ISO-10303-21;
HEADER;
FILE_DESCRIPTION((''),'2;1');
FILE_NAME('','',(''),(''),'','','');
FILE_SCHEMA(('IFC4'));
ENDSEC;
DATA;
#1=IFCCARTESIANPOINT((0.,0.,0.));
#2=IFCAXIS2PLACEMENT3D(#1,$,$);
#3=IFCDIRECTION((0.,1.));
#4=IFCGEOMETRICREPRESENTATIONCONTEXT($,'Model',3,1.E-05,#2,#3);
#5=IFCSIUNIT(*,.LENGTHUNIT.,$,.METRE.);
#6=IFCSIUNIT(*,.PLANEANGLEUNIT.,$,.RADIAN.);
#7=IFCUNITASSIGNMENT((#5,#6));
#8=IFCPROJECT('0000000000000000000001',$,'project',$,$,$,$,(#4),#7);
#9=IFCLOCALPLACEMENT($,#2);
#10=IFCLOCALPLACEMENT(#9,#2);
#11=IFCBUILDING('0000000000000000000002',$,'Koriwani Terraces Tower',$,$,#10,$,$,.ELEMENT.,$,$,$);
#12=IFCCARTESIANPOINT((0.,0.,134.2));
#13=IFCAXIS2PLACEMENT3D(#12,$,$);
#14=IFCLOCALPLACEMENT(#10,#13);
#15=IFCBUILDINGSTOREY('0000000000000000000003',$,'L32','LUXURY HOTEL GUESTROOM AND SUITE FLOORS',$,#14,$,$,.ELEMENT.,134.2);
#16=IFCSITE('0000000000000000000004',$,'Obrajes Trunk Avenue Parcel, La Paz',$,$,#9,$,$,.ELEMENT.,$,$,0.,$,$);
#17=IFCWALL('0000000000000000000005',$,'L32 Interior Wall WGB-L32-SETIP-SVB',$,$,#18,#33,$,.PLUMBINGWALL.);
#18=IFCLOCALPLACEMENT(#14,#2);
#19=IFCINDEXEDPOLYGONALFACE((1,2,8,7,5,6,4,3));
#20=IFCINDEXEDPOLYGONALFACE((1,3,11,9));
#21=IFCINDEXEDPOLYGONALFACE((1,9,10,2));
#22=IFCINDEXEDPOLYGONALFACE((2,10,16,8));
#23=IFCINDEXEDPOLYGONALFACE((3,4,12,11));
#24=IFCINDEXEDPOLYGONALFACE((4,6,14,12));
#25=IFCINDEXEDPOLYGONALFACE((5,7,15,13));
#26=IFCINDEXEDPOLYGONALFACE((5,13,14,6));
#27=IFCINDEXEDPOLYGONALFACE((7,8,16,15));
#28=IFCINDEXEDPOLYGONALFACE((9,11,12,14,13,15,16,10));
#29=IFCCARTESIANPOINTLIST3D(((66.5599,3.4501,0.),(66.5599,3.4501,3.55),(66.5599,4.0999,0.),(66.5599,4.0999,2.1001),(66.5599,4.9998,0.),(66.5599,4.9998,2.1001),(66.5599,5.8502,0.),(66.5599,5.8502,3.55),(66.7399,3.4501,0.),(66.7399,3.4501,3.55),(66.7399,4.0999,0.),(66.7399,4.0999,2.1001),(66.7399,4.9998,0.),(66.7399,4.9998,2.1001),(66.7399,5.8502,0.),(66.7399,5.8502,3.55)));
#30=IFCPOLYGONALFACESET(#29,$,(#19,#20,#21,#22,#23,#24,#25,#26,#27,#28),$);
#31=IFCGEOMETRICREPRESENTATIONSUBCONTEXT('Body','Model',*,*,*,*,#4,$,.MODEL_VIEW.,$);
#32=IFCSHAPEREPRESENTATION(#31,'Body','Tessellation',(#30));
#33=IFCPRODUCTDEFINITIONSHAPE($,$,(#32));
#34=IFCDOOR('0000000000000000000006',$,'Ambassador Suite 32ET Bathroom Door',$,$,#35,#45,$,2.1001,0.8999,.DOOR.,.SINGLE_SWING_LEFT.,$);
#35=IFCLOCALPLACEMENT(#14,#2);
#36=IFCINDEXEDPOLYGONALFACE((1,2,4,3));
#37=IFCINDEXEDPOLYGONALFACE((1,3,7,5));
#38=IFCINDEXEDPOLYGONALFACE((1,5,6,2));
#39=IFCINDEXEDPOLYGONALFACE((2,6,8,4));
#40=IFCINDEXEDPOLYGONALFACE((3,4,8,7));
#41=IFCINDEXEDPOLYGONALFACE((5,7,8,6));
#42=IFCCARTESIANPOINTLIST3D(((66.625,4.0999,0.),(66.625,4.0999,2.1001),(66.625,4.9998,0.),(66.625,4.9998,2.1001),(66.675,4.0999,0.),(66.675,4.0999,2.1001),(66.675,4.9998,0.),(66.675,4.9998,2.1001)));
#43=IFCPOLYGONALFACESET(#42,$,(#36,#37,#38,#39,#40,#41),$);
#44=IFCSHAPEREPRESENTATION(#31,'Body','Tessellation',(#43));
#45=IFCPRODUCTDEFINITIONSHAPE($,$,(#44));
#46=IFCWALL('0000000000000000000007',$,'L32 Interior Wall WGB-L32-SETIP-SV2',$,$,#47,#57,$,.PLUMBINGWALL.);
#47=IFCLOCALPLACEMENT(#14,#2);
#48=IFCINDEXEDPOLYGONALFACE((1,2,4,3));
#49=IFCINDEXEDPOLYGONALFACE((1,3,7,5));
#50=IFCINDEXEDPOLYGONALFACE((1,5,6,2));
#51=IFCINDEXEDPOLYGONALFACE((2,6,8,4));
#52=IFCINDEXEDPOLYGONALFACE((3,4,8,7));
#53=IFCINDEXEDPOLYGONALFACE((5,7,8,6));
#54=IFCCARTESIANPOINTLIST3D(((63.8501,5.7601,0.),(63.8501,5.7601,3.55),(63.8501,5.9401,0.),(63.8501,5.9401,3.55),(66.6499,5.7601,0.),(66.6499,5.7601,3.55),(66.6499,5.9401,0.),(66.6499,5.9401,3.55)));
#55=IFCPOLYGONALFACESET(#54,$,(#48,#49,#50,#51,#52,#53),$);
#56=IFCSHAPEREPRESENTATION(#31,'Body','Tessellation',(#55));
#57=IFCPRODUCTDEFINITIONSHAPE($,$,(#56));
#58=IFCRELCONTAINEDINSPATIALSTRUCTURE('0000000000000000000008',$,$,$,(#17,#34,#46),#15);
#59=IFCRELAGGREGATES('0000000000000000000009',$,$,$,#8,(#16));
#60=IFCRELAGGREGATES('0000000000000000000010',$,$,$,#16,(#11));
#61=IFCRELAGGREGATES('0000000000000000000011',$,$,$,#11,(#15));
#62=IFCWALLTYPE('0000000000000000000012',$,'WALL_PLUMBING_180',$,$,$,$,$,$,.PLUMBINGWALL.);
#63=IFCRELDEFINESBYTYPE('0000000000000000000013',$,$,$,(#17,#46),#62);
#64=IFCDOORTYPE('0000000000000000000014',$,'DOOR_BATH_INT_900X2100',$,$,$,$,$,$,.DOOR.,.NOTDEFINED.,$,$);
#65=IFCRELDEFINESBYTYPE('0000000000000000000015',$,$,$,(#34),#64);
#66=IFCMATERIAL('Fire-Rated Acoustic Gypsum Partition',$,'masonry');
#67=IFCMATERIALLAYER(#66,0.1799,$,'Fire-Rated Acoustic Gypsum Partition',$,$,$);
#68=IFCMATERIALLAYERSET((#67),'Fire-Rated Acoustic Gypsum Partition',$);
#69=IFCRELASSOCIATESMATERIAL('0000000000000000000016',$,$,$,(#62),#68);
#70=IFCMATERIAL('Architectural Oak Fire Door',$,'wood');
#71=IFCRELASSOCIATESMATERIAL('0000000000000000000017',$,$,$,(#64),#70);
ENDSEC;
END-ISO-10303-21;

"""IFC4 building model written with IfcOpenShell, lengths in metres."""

from ifc_helpers import new_model, si_unit, direction, frame, frame_2d, origin, place, context, subcontext, project, spatial, rectangle, extrude, material, layer, layer_set, type_object, element, fill, save


model = new_model("IFC4")

# Units and contexts
model_context = context("Model", 3, precision=1e-05, world=origin(), true_north=direction((0.0, 1.0)))
body_context = subcontext(model_context, "Body", "Model", "MODEL_VIEW")
ifc_project = project(units=[si_unit("LENGTHUNIT", "METRE"), si_unit("PLANEANGLEUNIT", "RADIAN")], contexts=[model_context])

# Site, building, storey
site_placement = place(None, origin())
site = spatial("IfcSite", under=ifc_project, at=site_placement, Name="Obrajes Trunk Avenue Parcel, La Paz", CompositionType="ELEMENT", RefElevation=0.0)
building_placement = place(site_placement, origin())
building = spatial("IfcBuilding", under=site, at=building_placement, Name="Koriwani Terraces Tower", CompositionType="ELEMENT")
storey_placement = place(building_placement, frame((0.0, 0.0, 134.2)))
storey = spatial("IfcBuildingStorey", under=building, at=storey_placement, Name="L32", Description="LUXURY HOTEL GUESTROOM AND SUITE FLOORS", CompositionType="ELEMENT", Elevation=134.2)

# Shared definitions
ifc_material_1 = material(Name="Architectural Oak Fire Door", Category="wood")

# Wall, opening, door
ifc_material_2 = material(Name="Fire-Rated Acoustic Gypsum Partition", Category="masonry")
ifc_layer_1 = layer(ifc_material_2, 0.1799, Name="Fire-Rated Acoustic Gypsum Partition")
ifc_layer_set_1 = layer_set([ifc_layer_1], Name="Fire-Rated Acoustic Gypsum Partition")
wall_type_1 = type_object("IfcWallType", Name="WALL_PLUMBING_180", PredefinedType="PLUMBINGWALL", material=ifc_layer_set_1)
wall_1_placement = place(storey_placement, frame((66.6499, 3.45, 0.0), z_axis=(0.0, 0.0, 1.0), x_axis=(0.0, 1.0, 0.0)))
wall_1 = element("IfcWall", 1, at=wall_1_placement, inside=storey, type_object=wall_type_1, Name="L32 Interior Wall WGB-L32-SETIP-SVB", PredefinedType="PLUMBINGWALL", context=body_context, shape_type="SweptSolid", body=[
    extrude(rectangle(XDim=2.4001, YDim=0.1799, at=frame_2d((1.2002, 0.0))), origin(), (0.0, 0.0, 1.0), 3.55),
])
opening_1_placement = place(wall_1_placement, frame((0.6499, 0.0, 0.0)))
opening_1 = element("IfcOpeningElement", 2, at=opening_1_placement, cuts=wall_1, PredefinedType="OPENING", context=body_context, shape_type="SweptSolid", body=[
    extrude(rectangle(XDim=0.8999, YDim=2.1001, at=frame_2d((0.45, 1.05))), frame((0.0, 0.1001, 0.0), z_axis=(0.0, -1.0, 0.0), x_axis=(1.0, 0.0, 0.0)), (0.0, 0.0, 1.0), 0.2),
])
door_type_1 = type_object("IfcDoorType", Name="DOOR_BATH_INT_900X2100", OperationType="NOTDEFINED", PredefinedType="DOOR", material=ifc_material_1)
door_1_placement = place(opening_1_placement, origin())
door_1 = element("IfcDoor", 3, at=door_1_placement, inside=storey, type_object=door_type_1, Name="Ambassador Suite 32ET Bathroom Door", OperationType="SINGLE_SWING_LEFT", OverallHeight=2.1001, OverallWidth=0.8999, PredefinedType="DOOR", context=body_context, shape_type="SweptSolid", body=[
    extrude(rectangle(XDim=0.8999, YDim=2.1001, at=frame_2d((0.45, 1.05))), frame((0.0, 0.0249, 0.0), z_axis=(0.0, -1.0, 0.0), x_axis=(1.0, 0.0, 0.0)), (0.0, 0.0, 1.0), 0.05),
])
fill(opening_1, door_1)

# Wall
wall_2_placement = place(storey_placement, frame((63.8501, 5.8501, 0.0), z_axis=(0.0, 0.0, 1.0), x_axis=(1.0, 0.0, 0.0)))
element("IfcWall", 4, at=wall_2_placement, inside=storey, type_object=wall_type_1, Name="L32 Interior Wall WGB-L32-SETIP-SV2", PredefinedType="PLUMBINGWALL", context=body_context, shape_type="SweptSolid", body=[
    extrude(rectangle(XDim=2.7998, YDim=0.1799, at=frame_2d((1.3999, 0.0))), origin(), (0.0, 0.0, 1.0), 3.55),
])

save(model, "model.ifc")
